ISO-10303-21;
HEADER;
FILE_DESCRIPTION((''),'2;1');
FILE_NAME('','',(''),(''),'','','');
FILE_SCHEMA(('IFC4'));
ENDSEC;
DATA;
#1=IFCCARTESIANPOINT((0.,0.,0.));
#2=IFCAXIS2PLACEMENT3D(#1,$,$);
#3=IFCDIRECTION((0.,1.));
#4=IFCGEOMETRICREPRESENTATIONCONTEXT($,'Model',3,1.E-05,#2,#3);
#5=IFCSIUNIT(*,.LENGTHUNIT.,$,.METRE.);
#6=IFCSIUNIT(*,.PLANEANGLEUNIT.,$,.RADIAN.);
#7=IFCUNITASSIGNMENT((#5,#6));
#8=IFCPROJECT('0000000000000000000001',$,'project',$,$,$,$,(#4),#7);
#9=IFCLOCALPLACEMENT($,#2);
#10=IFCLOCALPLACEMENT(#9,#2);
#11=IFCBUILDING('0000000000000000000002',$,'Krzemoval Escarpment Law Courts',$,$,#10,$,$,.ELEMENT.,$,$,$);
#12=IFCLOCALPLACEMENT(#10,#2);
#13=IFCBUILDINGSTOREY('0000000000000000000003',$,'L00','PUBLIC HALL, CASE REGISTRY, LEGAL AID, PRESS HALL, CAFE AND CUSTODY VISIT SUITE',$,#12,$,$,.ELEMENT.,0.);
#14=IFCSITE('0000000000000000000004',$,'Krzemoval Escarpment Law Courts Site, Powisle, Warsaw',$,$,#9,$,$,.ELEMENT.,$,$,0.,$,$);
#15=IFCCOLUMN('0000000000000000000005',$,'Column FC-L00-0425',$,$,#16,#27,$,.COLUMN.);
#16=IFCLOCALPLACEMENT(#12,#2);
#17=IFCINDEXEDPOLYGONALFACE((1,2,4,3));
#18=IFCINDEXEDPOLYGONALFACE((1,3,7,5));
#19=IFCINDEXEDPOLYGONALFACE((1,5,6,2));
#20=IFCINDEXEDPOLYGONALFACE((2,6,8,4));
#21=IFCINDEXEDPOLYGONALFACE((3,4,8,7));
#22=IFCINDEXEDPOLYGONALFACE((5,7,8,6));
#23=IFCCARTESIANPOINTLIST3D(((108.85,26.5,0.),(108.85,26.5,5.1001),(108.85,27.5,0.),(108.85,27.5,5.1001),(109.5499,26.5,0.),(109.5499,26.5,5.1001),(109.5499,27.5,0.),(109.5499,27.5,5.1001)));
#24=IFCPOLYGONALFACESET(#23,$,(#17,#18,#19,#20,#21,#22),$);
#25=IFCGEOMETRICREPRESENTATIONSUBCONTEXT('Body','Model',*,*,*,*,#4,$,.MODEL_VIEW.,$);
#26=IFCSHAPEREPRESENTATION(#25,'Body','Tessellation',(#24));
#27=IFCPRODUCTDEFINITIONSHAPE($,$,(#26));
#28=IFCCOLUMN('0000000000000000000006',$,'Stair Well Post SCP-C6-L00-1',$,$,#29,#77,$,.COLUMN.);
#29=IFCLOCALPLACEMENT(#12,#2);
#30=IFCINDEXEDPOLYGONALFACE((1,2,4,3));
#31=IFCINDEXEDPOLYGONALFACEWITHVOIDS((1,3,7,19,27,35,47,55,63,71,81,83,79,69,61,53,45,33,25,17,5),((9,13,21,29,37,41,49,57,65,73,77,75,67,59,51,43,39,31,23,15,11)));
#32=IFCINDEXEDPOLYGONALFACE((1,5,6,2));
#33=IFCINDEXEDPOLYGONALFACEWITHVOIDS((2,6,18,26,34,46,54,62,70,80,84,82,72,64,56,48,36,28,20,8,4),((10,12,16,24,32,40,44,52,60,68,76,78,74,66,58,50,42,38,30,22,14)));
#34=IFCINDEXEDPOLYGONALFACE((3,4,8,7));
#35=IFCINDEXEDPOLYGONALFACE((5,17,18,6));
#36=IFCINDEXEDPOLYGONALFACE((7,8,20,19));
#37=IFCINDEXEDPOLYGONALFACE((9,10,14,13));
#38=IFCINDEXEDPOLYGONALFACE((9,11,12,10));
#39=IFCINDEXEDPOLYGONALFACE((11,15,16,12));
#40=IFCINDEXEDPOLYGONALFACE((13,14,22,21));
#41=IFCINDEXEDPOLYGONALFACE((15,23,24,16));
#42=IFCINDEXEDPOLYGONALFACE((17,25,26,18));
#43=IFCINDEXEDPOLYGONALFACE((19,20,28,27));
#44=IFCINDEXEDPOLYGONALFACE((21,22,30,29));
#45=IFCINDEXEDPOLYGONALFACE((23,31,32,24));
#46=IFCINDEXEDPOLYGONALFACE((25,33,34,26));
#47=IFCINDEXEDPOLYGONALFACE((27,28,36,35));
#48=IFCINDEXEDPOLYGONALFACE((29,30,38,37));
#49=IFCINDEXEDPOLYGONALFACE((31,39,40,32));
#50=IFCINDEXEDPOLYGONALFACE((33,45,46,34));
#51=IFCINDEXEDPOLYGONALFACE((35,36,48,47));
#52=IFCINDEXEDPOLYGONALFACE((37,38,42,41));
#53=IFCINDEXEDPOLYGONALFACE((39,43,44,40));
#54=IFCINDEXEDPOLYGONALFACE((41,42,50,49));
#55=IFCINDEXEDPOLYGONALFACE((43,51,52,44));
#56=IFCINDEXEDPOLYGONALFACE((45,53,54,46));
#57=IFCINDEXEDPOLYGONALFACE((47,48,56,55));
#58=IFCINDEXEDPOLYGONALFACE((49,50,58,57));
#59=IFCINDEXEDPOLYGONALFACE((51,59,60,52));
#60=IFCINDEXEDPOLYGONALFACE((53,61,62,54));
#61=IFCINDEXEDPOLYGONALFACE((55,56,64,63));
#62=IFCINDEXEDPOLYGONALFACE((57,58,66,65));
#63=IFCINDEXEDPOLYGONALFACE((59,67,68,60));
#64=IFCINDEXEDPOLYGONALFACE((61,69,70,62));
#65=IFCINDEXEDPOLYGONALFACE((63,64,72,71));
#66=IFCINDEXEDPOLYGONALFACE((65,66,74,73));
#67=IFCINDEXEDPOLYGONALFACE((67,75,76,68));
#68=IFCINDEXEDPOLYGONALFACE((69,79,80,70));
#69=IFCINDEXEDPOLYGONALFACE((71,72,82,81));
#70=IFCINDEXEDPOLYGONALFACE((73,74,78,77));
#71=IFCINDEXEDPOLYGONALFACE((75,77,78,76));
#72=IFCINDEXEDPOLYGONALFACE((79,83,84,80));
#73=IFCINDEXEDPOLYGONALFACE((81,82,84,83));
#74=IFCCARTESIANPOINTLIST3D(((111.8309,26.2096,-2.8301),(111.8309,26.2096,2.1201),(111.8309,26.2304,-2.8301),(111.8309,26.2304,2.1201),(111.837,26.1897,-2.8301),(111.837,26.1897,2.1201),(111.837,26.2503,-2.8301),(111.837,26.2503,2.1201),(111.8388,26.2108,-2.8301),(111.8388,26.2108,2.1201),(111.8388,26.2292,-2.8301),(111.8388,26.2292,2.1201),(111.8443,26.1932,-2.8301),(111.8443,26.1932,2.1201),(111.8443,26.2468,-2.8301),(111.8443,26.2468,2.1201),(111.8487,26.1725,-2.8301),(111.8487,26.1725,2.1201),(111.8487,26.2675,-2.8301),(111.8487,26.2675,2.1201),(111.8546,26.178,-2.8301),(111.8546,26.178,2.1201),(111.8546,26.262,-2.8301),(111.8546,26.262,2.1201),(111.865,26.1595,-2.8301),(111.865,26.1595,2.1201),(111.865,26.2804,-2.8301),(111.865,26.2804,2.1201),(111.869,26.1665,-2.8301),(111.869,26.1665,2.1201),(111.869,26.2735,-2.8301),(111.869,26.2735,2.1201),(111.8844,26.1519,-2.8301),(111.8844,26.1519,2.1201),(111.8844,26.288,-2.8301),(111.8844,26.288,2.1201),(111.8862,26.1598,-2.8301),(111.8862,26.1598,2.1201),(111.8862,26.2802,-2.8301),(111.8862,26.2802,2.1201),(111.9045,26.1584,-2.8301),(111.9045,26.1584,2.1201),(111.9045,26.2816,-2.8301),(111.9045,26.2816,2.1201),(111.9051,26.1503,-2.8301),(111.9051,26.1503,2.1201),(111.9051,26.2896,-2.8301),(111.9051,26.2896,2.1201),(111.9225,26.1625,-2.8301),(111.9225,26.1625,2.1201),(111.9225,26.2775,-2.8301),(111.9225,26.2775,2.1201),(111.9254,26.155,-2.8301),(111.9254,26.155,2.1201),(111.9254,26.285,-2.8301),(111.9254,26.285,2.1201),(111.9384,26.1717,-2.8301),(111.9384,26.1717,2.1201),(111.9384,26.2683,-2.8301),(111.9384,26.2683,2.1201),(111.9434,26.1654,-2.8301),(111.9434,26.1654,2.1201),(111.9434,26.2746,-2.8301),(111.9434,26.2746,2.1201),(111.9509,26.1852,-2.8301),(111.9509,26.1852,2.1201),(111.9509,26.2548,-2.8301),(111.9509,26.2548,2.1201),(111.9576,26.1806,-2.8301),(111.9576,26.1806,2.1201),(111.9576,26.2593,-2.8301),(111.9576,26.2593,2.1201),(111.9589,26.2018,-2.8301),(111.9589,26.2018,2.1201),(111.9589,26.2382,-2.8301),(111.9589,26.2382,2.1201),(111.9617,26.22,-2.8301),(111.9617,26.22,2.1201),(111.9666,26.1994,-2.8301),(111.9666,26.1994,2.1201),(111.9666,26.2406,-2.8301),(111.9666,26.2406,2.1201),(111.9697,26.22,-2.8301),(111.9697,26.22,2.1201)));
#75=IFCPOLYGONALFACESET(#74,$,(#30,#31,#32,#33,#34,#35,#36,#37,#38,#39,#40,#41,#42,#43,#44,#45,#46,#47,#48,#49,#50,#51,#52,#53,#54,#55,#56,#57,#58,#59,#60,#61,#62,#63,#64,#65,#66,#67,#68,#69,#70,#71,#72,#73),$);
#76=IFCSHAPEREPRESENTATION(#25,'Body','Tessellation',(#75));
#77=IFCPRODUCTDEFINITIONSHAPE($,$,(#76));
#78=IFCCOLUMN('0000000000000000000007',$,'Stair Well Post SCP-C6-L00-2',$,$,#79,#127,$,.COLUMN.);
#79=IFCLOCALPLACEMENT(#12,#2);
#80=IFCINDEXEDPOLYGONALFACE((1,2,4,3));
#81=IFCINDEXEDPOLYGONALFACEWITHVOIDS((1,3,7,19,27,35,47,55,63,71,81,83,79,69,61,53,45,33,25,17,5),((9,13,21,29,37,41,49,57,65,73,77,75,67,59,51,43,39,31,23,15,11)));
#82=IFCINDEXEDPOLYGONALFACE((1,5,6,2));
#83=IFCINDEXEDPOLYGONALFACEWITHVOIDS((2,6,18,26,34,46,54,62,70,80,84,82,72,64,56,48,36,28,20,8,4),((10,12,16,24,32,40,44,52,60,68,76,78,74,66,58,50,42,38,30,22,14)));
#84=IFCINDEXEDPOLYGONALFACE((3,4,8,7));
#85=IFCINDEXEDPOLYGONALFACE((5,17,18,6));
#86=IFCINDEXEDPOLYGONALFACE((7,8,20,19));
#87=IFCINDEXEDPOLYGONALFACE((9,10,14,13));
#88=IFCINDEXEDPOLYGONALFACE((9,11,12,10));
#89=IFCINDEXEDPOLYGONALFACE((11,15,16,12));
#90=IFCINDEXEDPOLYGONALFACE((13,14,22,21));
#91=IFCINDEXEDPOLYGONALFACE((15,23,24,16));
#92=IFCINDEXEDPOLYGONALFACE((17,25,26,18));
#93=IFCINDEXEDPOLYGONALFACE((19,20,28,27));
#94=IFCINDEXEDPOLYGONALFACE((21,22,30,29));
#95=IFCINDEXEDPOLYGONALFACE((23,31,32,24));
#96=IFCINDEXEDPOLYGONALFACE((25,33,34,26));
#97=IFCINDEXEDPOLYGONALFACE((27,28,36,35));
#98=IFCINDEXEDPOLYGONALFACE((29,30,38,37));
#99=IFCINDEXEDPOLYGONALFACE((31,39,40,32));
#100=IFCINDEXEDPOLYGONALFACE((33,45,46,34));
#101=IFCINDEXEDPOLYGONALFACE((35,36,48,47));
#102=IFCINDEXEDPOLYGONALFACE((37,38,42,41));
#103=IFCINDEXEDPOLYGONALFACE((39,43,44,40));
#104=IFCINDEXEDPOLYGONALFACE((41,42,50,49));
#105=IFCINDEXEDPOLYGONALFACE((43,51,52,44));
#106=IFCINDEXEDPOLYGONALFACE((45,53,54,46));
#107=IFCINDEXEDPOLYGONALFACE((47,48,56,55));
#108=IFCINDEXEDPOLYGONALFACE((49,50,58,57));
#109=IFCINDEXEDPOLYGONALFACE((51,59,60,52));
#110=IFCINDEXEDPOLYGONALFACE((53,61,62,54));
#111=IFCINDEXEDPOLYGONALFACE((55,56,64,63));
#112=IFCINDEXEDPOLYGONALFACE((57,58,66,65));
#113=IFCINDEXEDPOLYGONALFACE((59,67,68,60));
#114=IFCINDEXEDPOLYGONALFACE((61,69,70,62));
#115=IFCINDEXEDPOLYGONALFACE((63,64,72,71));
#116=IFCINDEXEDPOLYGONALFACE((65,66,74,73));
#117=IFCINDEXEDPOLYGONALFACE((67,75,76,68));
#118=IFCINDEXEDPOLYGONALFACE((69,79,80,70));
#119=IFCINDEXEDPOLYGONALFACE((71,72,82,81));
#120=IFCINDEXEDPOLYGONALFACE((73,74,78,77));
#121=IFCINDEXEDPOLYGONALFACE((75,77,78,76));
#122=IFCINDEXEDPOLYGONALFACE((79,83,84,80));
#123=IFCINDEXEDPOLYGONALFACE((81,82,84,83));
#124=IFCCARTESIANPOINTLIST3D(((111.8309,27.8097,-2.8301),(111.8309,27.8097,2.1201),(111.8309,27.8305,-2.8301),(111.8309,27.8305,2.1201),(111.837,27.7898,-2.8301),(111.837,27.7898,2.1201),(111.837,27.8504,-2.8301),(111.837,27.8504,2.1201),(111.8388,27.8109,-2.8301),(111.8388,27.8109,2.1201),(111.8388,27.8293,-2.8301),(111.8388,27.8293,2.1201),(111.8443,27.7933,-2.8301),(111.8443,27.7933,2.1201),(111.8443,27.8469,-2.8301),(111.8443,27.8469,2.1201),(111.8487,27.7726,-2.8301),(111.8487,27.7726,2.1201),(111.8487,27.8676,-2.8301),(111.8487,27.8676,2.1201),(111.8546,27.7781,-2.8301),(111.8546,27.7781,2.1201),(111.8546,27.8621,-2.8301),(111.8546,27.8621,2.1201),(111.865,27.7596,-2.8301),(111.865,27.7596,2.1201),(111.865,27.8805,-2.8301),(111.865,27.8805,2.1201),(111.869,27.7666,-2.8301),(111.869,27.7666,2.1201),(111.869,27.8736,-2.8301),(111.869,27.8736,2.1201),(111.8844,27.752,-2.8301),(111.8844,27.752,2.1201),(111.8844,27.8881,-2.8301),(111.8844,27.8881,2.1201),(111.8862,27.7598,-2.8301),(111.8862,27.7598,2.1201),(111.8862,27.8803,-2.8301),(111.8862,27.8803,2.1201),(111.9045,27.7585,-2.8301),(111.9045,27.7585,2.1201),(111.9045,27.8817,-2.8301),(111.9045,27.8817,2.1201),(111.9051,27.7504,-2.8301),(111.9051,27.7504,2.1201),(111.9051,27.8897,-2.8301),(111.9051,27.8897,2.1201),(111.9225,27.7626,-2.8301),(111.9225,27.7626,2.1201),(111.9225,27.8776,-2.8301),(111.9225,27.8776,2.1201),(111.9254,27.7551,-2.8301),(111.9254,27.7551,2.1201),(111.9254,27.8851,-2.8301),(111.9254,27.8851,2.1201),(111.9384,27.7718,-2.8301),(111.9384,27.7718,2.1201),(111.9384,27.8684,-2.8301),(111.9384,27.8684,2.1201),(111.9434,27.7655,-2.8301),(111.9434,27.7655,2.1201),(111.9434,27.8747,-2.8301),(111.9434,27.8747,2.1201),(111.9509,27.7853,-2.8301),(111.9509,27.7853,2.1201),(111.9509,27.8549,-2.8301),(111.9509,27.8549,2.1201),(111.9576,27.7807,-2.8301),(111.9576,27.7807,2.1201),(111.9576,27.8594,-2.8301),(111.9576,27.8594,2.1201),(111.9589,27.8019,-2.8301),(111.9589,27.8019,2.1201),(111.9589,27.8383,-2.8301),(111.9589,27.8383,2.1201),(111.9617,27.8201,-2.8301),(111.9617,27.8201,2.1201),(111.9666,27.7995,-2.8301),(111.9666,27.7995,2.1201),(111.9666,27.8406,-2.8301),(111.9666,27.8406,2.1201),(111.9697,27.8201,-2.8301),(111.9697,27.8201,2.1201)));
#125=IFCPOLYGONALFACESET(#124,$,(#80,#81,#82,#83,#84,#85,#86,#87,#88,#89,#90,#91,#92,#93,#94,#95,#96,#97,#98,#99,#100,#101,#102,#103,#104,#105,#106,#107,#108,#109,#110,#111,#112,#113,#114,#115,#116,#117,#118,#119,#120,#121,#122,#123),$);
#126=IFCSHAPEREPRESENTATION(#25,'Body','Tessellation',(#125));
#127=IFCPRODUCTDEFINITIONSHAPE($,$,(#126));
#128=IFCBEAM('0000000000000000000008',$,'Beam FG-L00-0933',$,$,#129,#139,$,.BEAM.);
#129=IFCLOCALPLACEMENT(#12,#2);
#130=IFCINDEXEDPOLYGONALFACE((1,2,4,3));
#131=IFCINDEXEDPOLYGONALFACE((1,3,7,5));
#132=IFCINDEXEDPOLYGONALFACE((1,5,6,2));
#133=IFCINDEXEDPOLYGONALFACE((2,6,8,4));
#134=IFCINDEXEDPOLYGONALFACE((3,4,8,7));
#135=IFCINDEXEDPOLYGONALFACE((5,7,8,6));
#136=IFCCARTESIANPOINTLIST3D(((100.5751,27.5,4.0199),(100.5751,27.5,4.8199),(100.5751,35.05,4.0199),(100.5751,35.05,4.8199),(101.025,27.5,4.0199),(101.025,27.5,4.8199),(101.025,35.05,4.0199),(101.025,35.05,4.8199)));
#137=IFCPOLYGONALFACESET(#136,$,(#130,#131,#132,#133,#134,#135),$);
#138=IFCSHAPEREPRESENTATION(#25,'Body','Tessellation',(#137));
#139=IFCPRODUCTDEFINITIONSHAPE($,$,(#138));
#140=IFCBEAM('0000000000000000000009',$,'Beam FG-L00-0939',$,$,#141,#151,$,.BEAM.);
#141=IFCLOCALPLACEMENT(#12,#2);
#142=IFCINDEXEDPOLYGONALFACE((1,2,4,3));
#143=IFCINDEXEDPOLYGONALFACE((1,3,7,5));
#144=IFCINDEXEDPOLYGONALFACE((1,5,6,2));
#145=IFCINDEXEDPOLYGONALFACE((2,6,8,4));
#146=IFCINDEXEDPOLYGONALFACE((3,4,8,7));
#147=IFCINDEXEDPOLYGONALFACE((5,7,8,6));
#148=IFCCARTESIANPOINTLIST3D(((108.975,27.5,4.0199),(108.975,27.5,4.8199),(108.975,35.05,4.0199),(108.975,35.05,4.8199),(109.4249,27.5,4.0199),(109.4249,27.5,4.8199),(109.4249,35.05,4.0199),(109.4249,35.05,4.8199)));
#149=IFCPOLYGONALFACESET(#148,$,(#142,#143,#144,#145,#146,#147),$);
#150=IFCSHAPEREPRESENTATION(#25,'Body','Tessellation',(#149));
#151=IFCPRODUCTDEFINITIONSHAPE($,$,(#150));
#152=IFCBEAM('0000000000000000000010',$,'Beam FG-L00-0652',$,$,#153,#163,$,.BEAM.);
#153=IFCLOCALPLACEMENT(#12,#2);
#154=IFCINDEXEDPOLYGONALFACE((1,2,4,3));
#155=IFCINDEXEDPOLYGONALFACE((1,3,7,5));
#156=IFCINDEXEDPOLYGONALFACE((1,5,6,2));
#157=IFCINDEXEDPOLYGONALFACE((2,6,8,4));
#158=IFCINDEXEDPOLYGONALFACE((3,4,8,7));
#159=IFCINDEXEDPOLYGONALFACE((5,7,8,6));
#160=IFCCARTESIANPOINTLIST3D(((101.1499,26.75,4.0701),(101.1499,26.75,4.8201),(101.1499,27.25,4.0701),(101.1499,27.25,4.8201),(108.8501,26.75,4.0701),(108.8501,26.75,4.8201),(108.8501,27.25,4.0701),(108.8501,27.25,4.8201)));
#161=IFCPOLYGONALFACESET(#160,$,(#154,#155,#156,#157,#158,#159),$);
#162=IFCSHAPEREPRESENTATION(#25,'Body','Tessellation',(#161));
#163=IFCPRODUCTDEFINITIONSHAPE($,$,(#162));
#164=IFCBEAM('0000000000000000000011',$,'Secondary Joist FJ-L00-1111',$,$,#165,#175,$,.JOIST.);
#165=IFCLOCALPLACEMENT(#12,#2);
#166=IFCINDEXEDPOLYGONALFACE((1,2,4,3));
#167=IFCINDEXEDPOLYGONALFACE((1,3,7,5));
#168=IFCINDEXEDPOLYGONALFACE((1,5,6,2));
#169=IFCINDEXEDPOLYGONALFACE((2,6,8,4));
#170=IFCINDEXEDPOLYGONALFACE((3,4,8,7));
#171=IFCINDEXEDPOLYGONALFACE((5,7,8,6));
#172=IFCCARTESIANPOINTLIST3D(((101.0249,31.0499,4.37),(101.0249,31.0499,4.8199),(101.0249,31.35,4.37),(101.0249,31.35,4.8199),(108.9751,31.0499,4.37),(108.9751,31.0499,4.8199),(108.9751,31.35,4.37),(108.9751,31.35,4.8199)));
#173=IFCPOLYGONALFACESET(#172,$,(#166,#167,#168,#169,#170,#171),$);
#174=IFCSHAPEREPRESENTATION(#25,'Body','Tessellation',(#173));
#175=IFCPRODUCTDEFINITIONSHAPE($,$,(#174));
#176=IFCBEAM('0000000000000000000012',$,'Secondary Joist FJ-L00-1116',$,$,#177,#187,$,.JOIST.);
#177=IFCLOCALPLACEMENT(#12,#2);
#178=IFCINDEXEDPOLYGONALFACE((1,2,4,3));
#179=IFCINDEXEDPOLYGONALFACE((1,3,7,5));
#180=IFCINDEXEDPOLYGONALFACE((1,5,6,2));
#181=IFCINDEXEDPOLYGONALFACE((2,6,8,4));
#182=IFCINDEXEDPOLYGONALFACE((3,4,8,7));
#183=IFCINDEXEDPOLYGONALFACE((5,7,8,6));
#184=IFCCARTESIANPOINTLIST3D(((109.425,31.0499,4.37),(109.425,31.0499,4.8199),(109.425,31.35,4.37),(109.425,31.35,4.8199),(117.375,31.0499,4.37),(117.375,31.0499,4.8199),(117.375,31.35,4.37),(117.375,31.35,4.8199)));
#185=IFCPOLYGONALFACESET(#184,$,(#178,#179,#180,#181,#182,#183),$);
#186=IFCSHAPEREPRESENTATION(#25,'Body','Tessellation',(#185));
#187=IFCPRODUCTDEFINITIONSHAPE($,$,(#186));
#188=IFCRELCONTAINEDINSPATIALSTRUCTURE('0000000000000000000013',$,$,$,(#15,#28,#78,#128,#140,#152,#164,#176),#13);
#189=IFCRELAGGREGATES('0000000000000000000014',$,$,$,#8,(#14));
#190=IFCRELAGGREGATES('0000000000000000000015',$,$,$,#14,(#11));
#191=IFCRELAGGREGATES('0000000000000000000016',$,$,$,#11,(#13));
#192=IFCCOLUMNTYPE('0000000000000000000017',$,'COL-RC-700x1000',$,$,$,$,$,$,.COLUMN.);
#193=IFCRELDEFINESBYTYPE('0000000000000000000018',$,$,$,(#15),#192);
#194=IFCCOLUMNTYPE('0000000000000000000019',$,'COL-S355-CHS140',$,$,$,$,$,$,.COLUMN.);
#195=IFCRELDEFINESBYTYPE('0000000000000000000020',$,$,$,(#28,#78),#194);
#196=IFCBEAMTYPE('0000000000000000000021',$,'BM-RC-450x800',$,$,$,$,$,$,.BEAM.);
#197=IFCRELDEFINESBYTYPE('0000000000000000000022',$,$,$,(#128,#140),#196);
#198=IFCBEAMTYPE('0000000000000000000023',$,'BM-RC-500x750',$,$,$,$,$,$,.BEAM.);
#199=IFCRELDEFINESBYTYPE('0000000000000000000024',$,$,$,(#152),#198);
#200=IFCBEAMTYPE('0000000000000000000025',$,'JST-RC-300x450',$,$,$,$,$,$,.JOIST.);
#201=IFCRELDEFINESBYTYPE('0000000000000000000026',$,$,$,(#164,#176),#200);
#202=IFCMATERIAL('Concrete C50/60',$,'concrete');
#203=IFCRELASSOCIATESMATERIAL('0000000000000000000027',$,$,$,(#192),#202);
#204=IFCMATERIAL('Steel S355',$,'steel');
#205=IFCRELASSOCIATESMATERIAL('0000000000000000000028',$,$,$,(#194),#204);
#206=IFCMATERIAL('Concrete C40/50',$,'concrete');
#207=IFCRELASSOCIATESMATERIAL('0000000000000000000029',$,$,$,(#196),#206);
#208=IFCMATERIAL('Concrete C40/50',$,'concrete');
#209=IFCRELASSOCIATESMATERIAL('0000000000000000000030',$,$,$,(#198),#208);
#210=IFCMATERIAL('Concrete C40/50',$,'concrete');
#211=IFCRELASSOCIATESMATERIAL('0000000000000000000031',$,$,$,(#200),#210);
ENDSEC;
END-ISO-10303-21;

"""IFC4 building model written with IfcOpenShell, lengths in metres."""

from ifc_helpers import new_model, si_unit, direction, frame, origin, origin_2d, place, context, subcontext, project, spatial, rectangle, hollow_circle, extrude, material, material_profile, profile_set, type_object, element, save


model = new_model("IFC4")

# Units and contexts
model_context = context("Model", 3, precision=1e-05, world=origin(), true_north=direction((0.0, 1.0)))
body_context = subcontext(model_context, "Body", "Model", "MODEL_VIEW")
ifc_project = project(units=[si_unit("LENGTHUNIT", "METRE"), si_unit("PLANEANGLEUNIT", "RADIAN")], contexts=[model_context])

# Site, building, storey
site_placement = place(None, origin())
site = spatial("IfcSite", under=ifc_project, at=site_placement, Name="Krzemoval Escarpment Law Courts Site, Powisle, Warsaw", CompositionType="ELEMENT", RefElevation=0.0)
building_placement = place(site_placement, origin())
building = spatial("IfcBuilding", under=site, at=building_placement, Name="Krzemoval Escarpment Law Courts", CompositionType="ELEMENT")
storey_placement = place(building_placement, origin())
storey = spatial("IfcBuildingStorey", under=building, at=storey_placement, Name="L00", Description="PUBLIC HALL, CASE REGISTRY, LEGAL AID, PRESS HALL, CAFE AND CUSTODY VISIT SUITE", CompositionType="ELEMENT", Elevation=0.0)

# Columns
ifc_material_1 = material(Name="Concrete C50/60", Category="concrete")
ifc_material_profile_1 = material_profile(ifc_material_1, rectangle(XDim=0.7, YDim=1.0, at=origin_2d()), Name="RC 700x1000")
ifc_profile_set_1 = profile_set([ifc_material_profile_1], Name="Concrete C50/60")
column_type_1 = type_object("IfcColumnType", Name="COL-RC-700x1000", PredefinedType="COLUMN", material=ifc_profile_set_1)
column_placement = place(storey_placement, frame((109.2, 27.0, 0.0), z_axis=(0.0, 0.0, 1.0), x_axis=(1.0, 0.0, 0.0)))
element("IfcColumn", 1, at=column_placement, inside=storey, type_object=column_type_1, Name="Column FC-L00-0425", PredefinedType="COLUMN", context=body_context, shape_type="SweptSolid", body=[
    extrude(rectangle(XDim=0.7, YDim=1.0, at=origin_2d()), origin(), (0.0, 0.0, 1.0), 5.1001),
])
ifc_material_2 = material(Name="Steel S355", Category="steel")
ifc_material_profile_2 = material_profile(ifc_material_2, hollow_circle(Radius=0.0698, WallThickness=0.0081, at=origin_2d()), Name="CHS 139.7x8")
ifc_profile_set_2 = profile_set([ifc_material_profile_2], Name="Steel S355")
column_type_2 = type_object("IfcColumnType", Name="COL-S355-CHS140", PredefinedType="COLUMN", material=ifc_profile_set_2)
for number, where, z_axis, x_axis, name in (
    (2, (111.8999, 26.22, -2.8301), (0.0, 0.0, 1.0), (1.0, 0.0, 0.0), "Stair Well Post SCP-C6-L00-1"),
    (3, (111.8999, 27.8201, -2.8301), (0.0, 0.0, 1.0), (1.0, 0.0, 0.0), "Stair Well Post SCP-C6-L00-2"),
):
    element("IfcColumn", number, at=place(storey_placement, frame(where, z_axis=z_axis, x_axis=x_axis)), inside=storey, type_object=column_type_2, Name=name, PredefinedType="COLUMN", context=body_context, shape_type="SweptSolid", body=[
        extrude(hollow_circle(Radius=0.0698, WallThickness=0.0081, at=origin_2d()), origin(), (0.0, 0.0, 1.0), 4.9502),
    ])

# Beams
ifc_material_3 = material(Name="Concrete C40/50", Category="concrete")
ifc_material_profile_3 = material_profile(ifc_material_3, rectangle(XDim=0.45, YDim=0.8, at=origin_2d()), Name="RCB 450x800")
ifc_profile_set_3 = profile_set([ifc_material_profile_3], Name="Concrete C40/50")
beam_type_1 = type_object("IfcBeamType", Name="BM-RC-450x800", PredefinedType="BEAM", material=ifc_profile_set_3)
for number, where, z_axis, x_axis, name in (
    (4, (100.8, 27.5, 4.4199), (0.0, 1.0, 0.0), (-1.0, 0.0, 0.0), "Beam FG-L00-0933"),
    (5, (109.2, 27.5, 4.4199), (0.0, 1.0, 0.0), (-1.0, 0.0, 0.0), "Beam FG-L00-0939"),
):
    element("IfcBeam", number, at=place(storey_placement, frame(where, z_axis=z_axis, x_axis=x_axis)), inside=storey, type_object=beam_type_1, Name=name, PredefinedType="BEAM", context=body_context, shape_type="SweptSolid", body=[
        extrude(rectangle(XDim=0.45, YDim=0.8, at=origin_2d()), origin(), (0.0, 0.0, 1.0), 7.55),
    ])
ifc_material_4 = material(Name="Concrete C40/50", Category="concrete")
ifc_material_profile_4 = material_profile(ifc_material_4, rectangle(XDim=0.5, YDim=0.75, at=origin_2d()), Name="RCB 500x750")
ifc_profile_set_4 = profile_set([ifc_material_profile_4], Name="Concrete C40/50")
beam_type_2 = type_object("IfcBeamType", Name="BM-RC-500x750", PredefinedType="BEAM", material=ifc_profile_set_4)
beam_1_placement = place(storey_placement, frame((101.1499, 27.0, 4.4451), z_axis=(1.0, 0.0, 0.0), x_axis=(0.0, 1.0, 0.0)))
element("IfcBeam", 6, at=beam_1_placement, inside=storey, type_object=beam_type_2, Name="Beam FG-L00-0652", PredefinedType="BEAM", context=body_context, shape_type="SweptSolid", body=[
    extrude(rectangle(XDim=0.5, YDim=0.75, at=origin_2d()), origin(), (0.0, 0.0, 1.0), 7.7002),
])
ifc_material_5 = material(Name="Concrete C40/50", Category="concrete")
ifc_material_profile_5 = material_profile(ifc_material_5, rectangle(XDim=0.3, YDim=0.45, at=origin_2d()), Name="RCB 300x450")
ifc_profile_set_5 = profile_set([ifc_material_profile_5], Name="Concrete C40/50")
beam_type_3 = type_object("IfcBeamType", Name="JST-RC-300x450", PredefinedType="JOIST", material=ifc_profile_set_5)
beam_2_placement = place(storey_placement, frame((101.0249, 31.2, 4.595), z_axis=(1.0, 0.0, 0.0), x_axis=(0.0, 1.0, 0.0)))
element("IfcBeam", 7, at=beam_2_placement, inside=storey, type_object=beam_type_3, Name="Secondary Joist FJ-L00-1111", PredefinedType="JOIST", context=body_context, shape_type="SweptSolid", body=[
    extrude(rectangle(XDim=0.3, YDim=0.45, at=origin_2d()), origin(), (0.0, 0.0, 1.0), 7.9502),
])
beam_3_placement = place(storey_placement, frame((109.425, 31.2, 4.595), z_axis=(1.0, 0.0, 0.0), x_axis=(0.0, 1.0, 0.0)))
element("IfcBeam", 8, at=beam_3_placement, inside=storey, type_object=beam_type_3, Name="Secondary Joist FJ-L00-1116", PredefinedType="JOIST", context=body_context, shape_type="SweptSolid", body=[
    extrude(rectangle(XDim=0.3, YDim=0.45, at=origin_2d()), origin(), (0.0, 0.0, 1.0), 7.95),
])

save(model, "model.ifc")
